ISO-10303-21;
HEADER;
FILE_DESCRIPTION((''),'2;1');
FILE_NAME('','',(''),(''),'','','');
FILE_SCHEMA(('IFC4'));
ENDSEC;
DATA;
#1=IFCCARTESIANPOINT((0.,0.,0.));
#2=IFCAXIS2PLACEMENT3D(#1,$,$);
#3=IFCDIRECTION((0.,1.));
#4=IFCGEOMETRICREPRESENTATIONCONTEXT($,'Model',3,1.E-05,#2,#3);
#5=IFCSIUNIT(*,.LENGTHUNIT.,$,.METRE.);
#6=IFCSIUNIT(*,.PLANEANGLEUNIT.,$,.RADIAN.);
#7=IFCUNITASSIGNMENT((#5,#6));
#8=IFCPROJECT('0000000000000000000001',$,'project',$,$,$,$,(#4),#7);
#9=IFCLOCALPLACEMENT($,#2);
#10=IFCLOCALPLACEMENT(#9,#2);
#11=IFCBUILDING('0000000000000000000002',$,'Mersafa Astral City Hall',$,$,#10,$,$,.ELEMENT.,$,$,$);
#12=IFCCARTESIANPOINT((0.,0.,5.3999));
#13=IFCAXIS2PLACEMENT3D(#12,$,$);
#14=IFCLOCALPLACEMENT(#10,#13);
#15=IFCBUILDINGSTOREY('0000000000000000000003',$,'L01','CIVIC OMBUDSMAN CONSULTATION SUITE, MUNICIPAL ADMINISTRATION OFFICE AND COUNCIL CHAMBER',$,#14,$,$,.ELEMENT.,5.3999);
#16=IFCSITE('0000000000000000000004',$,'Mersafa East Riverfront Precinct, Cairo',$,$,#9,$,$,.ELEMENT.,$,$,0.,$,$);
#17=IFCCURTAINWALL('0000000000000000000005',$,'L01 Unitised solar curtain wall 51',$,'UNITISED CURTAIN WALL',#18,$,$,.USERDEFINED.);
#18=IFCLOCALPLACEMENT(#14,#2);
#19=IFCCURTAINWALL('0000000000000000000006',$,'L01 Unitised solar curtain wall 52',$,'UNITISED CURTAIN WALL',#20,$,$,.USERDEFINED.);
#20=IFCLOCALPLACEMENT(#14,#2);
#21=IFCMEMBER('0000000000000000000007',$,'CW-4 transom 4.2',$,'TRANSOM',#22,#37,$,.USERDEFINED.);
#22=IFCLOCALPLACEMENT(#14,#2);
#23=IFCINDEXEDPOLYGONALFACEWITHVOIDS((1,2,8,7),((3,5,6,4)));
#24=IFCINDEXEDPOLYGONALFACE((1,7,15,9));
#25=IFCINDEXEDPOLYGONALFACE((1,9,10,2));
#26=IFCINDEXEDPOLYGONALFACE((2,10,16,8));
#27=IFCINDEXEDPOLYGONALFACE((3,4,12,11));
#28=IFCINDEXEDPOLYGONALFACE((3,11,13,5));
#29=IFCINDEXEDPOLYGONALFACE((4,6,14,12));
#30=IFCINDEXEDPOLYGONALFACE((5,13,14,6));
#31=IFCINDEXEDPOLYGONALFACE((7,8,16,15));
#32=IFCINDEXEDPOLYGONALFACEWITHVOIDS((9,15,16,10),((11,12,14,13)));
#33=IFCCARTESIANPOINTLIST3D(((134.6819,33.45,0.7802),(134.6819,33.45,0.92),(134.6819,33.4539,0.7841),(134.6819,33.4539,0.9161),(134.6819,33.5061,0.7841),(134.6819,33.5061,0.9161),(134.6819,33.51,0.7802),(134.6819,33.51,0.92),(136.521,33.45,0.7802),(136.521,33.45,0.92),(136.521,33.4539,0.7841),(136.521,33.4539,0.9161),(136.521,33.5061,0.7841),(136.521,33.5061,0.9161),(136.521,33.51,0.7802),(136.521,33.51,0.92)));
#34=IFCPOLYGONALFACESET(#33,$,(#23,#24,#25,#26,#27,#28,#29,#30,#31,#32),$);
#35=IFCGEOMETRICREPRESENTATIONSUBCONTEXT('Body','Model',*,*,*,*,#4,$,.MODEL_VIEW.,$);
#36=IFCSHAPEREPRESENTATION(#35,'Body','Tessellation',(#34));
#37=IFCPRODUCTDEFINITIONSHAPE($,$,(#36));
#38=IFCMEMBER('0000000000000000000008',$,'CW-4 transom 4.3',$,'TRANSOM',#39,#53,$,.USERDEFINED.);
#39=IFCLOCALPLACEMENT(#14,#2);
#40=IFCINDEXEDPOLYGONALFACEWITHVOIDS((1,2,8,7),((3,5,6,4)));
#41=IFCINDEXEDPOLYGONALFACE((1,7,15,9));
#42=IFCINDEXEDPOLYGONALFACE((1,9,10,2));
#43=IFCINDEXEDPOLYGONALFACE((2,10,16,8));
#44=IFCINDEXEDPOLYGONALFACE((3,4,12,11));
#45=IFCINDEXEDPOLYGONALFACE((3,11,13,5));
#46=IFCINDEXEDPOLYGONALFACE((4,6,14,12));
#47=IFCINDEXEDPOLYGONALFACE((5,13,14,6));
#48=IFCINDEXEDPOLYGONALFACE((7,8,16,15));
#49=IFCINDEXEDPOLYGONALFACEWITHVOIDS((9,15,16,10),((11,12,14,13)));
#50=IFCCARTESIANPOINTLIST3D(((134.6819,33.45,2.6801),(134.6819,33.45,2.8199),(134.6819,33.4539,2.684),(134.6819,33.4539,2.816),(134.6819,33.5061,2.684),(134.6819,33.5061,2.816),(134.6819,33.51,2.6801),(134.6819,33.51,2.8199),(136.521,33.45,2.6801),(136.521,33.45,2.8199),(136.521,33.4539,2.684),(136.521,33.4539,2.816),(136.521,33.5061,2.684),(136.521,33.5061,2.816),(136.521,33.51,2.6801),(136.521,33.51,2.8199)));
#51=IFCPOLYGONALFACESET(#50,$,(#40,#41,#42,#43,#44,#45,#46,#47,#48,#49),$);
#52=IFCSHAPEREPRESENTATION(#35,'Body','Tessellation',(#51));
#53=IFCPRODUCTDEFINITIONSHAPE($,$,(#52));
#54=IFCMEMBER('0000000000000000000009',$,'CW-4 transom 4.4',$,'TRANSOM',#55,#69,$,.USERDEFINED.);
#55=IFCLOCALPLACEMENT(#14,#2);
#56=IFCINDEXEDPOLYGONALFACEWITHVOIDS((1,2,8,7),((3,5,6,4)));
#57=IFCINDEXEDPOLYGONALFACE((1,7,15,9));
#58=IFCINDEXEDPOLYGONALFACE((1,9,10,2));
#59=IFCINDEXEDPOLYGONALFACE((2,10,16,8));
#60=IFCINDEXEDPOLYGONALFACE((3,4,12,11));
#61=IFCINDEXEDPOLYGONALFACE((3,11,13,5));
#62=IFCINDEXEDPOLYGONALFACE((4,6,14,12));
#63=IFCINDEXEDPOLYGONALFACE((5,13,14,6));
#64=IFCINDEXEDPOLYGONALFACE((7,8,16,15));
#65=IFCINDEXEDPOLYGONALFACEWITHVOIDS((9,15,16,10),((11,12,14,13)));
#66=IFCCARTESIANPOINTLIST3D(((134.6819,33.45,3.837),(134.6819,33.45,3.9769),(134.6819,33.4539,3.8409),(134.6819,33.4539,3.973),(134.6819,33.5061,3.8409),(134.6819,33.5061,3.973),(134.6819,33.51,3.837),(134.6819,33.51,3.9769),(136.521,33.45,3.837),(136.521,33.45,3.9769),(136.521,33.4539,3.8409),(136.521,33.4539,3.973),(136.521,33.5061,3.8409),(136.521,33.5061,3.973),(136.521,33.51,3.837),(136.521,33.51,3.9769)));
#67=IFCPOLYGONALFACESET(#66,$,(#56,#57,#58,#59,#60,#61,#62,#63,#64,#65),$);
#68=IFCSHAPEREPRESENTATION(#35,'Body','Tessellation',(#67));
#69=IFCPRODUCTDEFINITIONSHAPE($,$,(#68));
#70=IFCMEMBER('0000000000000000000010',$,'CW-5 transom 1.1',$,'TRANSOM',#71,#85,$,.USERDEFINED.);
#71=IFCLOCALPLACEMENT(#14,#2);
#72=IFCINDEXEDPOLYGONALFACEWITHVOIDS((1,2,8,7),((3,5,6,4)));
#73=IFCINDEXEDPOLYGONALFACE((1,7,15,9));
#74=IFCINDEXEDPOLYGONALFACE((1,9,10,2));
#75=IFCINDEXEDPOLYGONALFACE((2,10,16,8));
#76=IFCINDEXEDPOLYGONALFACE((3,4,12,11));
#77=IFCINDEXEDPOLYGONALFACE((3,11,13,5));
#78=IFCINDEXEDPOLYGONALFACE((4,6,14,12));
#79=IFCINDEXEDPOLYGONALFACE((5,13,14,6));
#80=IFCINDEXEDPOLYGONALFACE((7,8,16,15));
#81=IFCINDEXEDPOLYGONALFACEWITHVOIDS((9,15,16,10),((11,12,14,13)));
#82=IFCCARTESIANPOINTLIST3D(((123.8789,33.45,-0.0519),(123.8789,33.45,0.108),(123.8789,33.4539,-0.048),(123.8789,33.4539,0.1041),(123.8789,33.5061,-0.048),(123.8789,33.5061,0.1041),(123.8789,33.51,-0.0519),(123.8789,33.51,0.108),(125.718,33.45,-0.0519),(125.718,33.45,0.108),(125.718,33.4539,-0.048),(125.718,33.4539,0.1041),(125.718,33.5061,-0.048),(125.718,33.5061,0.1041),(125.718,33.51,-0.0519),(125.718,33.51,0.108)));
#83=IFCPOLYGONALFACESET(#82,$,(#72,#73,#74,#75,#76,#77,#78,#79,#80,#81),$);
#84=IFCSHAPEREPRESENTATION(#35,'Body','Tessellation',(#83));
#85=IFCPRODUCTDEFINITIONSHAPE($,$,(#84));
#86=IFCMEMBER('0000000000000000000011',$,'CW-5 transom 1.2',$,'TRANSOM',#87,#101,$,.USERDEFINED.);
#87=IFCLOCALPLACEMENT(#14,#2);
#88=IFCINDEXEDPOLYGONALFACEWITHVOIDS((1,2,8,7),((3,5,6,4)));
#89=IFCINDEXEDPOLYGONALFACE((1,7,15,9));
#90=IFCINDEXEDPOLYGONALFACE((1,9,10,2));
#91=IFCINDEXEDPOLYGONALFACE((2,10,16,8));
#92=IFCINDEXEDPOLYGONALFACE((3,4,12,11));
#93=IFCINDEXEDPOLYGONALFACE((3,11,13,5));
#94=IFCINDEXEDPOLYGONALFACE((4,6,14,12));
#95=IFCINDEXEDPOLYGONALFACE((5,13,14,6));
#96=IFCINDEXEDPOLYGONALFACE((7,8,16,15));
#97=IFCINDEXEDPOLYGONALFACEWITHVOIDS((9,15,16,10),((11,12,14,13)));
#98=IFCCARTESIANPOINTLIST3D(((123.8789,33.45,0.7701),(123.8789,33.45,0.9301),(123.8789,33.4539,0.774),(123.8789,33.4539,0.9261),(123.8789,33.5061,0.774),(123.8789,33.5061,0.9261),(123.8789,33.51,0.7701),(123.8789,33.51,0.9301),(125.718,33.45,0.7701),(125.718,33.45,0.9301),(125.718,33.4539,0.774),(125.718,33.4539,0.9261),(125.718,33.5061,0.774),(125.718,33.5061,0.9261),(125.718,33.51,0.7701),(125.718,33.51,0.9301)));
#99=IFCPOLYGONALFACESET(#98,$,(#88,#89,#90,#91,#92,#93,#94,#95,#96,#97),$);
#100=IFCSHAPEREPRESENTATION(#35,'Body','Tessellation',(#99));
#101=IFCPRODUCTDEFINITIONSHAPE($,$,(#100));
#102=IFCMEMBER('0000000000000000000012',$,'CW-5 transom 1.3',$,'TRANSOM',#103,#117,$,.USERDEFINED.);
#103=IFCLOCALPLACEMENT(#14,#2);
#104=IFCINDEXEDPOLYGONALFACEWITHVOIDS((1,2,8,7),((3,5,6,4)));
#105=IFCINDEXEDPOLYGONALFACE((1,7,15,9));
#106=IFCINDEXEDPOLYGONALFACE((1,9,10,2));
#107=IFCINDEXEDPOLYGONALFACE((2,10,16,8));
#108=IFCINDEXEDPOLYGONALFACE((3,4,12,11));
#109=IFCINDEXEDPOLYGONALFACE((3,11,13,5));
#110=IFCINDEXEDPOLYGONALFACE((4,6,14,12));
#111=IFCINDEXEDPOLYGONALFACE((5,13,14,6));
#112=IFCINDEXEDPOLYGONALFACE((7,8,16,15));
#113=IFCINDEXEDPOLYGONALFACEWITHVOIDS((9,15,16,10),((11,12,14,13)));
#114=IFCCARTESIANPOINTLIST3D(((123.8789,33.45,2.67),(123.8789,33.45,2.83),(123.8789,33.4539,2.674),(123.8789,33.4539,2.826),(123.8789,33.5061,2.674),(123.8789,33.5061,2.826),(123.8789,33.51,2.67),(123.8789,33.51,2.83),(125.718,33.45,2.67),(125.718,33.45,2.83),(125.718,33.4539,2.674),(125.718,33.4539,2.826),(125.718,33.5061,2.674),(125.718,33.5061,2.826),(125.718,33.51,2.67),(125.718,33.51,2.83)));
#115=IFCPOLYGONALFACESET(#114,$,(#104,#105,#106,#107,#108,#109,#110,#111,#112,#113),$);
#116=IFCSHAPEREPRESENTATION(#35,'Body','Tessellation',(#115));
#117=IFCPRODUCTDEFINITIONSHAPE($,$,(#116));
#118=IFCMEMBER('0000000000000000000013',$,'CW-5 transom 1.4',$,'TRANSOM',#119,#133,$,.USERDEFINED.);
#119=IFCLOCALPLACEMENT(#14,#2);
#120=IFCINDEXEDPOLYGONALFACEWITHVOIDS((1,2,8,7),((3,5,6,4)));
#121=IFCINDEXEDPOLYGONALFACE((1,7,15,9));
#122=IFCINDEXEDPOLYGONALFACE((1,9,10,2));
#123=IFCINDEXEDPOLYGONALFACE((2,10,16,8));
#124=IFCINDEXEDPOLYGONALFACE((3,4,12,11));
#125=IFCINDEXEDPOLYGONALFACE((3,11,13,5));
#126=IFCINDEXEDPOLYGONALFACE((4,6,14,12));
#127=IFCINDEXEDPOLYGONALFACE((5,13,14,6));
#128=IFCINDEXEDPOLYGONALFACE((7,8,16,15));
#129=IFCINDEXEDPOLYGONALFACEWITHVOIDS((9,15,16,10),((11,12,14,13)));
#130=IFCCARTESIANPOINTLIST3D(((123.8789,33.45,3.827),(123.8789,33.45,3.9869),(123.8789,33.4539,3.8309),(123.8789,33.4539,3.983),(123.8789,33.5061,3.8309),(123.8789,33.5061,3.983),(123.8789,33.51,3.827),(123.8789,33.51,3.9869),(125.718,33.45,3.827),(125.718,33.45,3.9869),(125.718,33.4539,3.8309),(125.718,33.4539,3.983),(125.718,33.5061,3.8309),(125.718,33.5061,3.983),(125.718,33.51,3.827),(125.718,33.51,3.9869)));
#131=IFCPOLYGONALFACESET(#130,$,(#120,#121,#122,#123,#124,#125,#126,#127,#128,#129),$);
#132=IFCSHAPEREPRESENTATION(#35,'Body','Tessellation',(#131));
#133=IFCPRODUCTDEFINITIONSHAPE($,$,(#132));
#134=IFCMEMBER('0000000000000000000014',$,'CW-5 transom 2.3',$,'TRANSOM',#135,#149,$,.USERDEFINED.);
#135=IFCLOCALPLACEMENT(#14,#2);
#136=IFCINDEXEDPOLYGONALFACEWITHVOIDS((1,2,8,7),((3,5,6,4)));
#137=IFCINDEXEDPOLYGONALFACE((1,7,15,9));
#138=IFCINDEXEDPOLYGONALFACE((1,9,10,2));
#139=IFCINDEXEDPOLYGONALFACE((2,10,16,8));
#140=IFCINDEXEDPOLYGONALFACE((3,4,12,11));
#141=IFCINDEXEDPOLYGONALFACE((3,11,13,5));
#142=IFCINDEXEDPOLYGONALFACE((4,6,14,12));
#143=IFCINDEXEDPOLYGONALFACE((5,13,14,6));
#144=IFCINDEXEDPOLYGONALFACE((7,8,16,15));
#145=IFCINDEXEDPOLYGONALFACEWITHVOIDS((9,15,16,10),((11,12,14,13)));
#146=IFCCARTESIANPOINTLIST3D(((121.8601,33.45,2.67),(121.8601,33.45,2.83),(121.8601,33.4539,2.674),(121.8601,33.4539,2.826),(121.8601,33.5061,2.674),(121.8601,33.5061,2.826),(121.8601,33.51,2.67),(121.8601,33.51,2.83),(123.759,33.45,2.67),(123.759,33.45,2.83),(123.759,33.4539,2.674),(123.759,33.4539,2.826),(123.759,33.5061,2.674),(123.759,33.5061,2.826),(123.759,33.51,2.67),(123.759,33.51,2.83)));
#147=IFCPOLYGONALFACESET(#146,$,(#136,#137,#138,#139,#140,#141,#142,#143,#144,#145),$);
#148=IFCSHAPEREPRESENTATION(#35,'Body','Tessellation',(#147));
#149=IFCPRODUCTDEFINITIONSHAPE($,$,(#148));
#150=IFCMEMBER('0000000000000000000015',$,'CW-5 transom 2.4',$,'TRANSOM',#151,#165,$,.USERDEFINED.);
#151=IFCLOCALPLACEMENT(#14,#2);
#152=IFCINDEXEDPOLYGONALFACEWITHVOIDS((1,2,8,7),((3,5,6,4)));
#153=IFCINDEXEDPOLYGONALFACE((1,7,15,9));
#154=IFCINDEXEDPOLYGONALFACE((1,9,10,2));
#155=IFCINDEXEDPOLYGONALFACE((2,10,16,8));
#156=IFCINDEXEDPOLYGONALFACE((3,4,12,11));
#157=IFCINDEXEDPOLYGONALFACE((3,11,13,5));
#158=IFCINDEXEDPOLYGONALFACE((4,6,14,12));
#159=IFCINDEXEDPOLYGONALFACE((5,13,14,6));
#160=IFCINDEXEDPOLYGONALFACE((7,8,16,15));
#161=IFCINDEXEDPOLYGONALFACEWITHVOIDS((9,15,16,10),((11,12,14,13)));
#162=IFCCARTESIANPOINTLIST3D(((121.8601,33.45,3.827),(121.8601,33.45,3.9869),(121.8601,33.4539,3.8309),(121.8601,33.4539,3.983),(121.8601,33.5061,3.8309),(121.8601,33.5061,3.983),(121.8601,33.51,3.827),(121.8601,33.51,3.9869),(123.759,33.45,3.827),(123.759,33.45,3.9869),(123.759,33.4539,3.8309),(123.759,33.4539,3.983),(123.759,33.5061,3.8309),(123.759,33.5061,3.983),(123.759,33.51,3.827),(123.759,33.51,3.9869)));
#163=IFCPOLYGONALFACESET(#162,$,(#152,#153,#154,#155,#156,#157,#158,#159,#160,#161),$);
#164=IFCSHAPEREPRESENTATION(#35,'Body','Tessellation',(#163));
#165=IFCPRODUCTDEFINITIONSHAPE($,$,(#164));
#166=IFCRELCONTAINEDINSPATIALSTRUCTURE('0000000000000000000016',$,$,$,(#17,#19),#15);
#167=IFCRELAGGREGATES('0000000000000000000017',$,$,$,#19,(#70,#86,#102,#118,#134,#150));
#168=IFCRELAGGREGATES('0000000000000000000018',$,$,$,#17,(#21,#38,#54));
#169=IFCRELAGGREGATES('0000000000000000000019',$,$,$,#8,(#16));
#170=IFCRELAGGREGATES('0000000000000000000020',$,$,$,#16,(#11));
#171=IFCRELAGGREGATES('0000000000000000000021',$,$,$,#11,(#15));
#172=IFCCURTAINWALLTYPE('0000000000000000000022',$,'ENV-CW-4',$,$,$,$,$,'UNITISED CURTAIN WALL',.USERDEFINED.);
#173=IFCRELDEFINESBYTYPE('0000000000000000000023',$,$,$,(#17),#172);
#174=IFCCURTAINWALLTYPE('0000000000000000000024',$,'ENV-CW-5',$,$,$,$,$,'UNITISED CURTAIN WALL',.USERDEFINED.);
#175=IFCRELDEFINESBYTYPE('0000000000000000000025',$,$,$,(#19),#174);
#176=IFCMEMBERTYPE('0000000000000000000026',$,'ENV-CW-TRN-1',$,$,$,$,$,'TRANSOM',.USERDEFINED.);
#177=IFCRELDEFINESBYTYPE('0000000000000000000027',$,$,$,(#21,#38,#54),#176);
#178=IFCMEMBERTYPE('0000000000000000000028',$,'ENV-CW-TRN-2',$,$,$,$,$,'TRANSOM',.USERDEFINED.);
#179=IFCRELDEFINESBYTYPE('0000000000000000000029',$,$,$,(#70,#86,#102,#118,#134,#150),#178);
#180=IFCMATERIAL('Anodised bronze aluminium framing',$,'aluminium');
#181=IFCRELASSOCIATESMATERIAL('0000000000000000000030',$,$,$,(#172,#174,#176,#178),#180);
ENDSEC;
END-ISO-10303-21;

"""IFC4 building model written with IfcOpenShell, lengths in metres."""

from ifc_helpers import new_model, si_unit, direction, frame, origin, origin_2d, place, context, subcontext, project, spatial, hollow_rectangle, extrude, material, material_profile, profile_set, type_object, element, aggregate, save


model = new_model("IFC4")

# Units and contexts
model_context = context("Model", 3, precision=1e-05, world=origin(), true_north=direction((0.0, 1.0)))
body_context = subcontext(model_context, "Body", "Model", "MODEL_VIEW")
ifc_project = project(units=[si_unit("LENGTHUNIT", "METRE"), si_unit("PLANEANGLEUNIT", "RADIAN")], contexts=[model_context])

# Site, building, storey
site_placement = place(None, origin())
site = spatial("IfcSite", under=ifc_project, at=site_placement, Name="Mersafa East Riverfront Precinct, Cairo", CompositionType="ELEMENT", RefElevation=0.0)
building_placement = place(site_placement, origin())
building = spatial("IfcBuilding", under=site, at=building_placement, Name="Mersafa Astral City Hall", CompositionType="ELEMENT")
storey_placement = place(building_placement, frame((0.0, 0.0, 5.3999)))
storey = spatial("IfcBuildingStorey", under=building, at=storey_placement, Name="L01", Description="CIVIC OMBUDSMAN CONSULTATION SUITE, MUNICIPAL ADMINISTRATION OFFICE AND COUNCIL CHAMBER", CompositionType="ELEMENT", Elevation=5.3999)

# Curtain walls
ifc_material_1 = material(Name="Anodised bronze aluminium framing", Category="aluminium")
curtain_wall_type_1 = type_object("IfcCurtainWallType", Name="ENV-CW-4", ElementType="UNITISED CURTAIN WALL", PredefinedType="USERDEFINED", material=ifc_material_1)
curtain_wall_1_placement = place(storey_placement, origin())
curtain_wall_1 = element("IfcCurtainWall", 1, at=curtain_wall_1_placement, inside=storey, type_object=curtain_wall_type_1, Name="L01 Unitised solar curtain wall 51", ObjectType="UNITISED CURTAIN WALL", PredefinedType="USERDEFINED")
curtain_wall_type_2 = type_object("IfcCurtainWallType", Name="ENV-CW-5", ElementType="UNITISED CURTAIN WALL", PredefinedType="USERDEFINED", material=ifc_material_1)
curtain_wall_2_placement = place(storey_placement, origin())
curtain_wall_2 = element("IfcCurtainWall", 2, at=curtain_wall_2_placement, inside=storey, type_object=curtain_wall_type_2, Name="L01 Unitised solar curtain wall 52", ObjectType="UNITISED CURTAIN WALL", PredefinedType="USERDEFINED")

# Members
ifc_material_profile_1 = material_profile(ifc_material_1, hollow_rectangle(XDim=0.0601, YDim=0.1399, WallThickness=0.0039, at=origin_2d()), Name="RHS 60x140x4")
ifc_profile_set_1 = profile_set([ifc_material_profile_1], Name="Anodised bronze aluminium framing")
member_type_1 = type_object("IfcMemberType", Name="ENV-CW-TRN-1", ElementType="TRANSOM", PredefinedType="USERDEFINED", material=ifc_profile_set_1)
member_1_placement = place(storey_placement, frame((136.521, 33.48, 0.8501), z_axis=(-1.0, 0.0, 0.0), x_axis=(0.0, -1.0, 0.0)))
member_1 = element("IfcMember", 3, at=member_1_placement, type_object=member_type_1, Name="CW-4 transom 4.2", ObjectType="TRANSOM", PredefinedType="USERDEFINED", context=body_context, shape_type="SweptSolid", body=[
    extrude(hollow_rectangle(XDim=0.0601, YDim=0.1399, WallThickness=0.0039, at=origin_2d()), origin(), (0.0, 0.0, 1.0), 1.8391),
])
member_2_placement = place(storey_placement, frame((136.521, 33.48, 2.75), z_axis=(-1.0, 0.0, 0.0), x_axis=(0.0, -1.0, 0.0)))
member_2 = element("IfcMember", 4, at=member_2_placement, type_object=member_type_1, Name="CW-4 transom 4.3", ObjectType="TRANSOM", PredefinedType="USERDEFINED", context=body_context, shape_type="SweptSolid", body=[
    extrude(hollow_rectangle(XDim=0.0601, YDim=0.1399, WallThickness=0.0039, at=origin_2d()), origin(), (0.0, 0.0, 1.0), 1.8391),
])
member_3_placement = place(storey_placement, frame((136.521, 33.48, 3.907), z_axis=(-1.0, 0.0, 0.0), x_axis=(0.0, -1.0, 0.0)))
member_3 = element("IfcMember", 5, at=member_3_placement, type_object=member_type_1, Name="CW-4 transom 4.4", ObjectType="TRANSOM", PredefinedType="USERDEFINED", context=body_context, shape_type="SweptSolid", body=[
    extrude(hollow_rectangle(XDim=0.0601, YDim=0.1399, WallThickness=0.0039, at=origin_2d()), origin(), (0.0, 0.0, 1.0), 1.8391),
])
ifc_material_profile_2 = material_profile(ifc_material_1, hollow_rectangle(XDim=0.0601, YDim=0.1599, WallThickness=0.0039, at=origin_2d()), Name="RHS 60x160x4")
ifc_profile_set_2 = profile_set([ifc_material_profile_2], Name="Anodised bronze aluminium framing")
member_type_2 = type_object("IfcMemberType", Name="ENV-CW-TRN-2", ElementType="TRANSOM", PredefinedType="USERDEFINED", material=ifc_profile_set_2)
member_4_placement = place(storey_placement, frame((125.718, 33.48, 0.0281), z_axis=(-1.0, 0.0, 0.0), x_axis=(0.0, -1.0, 0.0)))
member_4 = element("IfcMember", 6, at=member_4_placement, type_object=member_type_2, Name="CW-5 transom 1.1", ObjectType="TRANSOM", PredefinedType="USERDEFINED", context=body_context, shape_type="SweptSolid", body=[
    extrude(hollow_rectangle(XDim=0.0601, YDim=0.1599, WallThickness=0.0039, at=origin_2d()), origin(), (0.0, 0.0, 1.0), 1.8391),
])
member_5_placement = place(storey_placement, frame((125.718, 33.48, 0.8501), z_axis=(-1.0, 0.0, 0.0), x_axis=(0.0, -1.0, 0.0)))
member_5 = element("IfcMember", 7, at=member_5_placement, type_object=member_type_2, Name="CW-5 transom 1.2", ObjectType="TRANSOM", PredefinedType="USERDEFINED", context=body_context, shape_type="SweptSolid", body=[
    extrude(hollow_rectangle(XDim=0.0601, YDim=0.1599, WallThickness=0.0039, at=origin_2d()), origin(), (0.0, 0.0, 1.0), 1.8391),
])
member_6_placement = place(storey_placement, frame((125.718, 33.48, 2.75), z_axis=(-1.0, 0.0, 0.0), x_axis=(0.0, -1.0, 0.0)))
member_6 = element("IfcMember", 8, at=member_6_placement, type_object=member_type_2, Name="CW-5 transom 1.3", ObjectType="TRANSOM", PredefinedType="USERDEFINED", context=body_context, shape_type="SweptSolid", body=[
    extrude(hollow_rectangle(XDim=0.0601, YDim=0.1599, WallThickness=0.0039, at=origin_2d()), origin(), (0.0, 0.0, 1.0), 1.8391),
])
member_7_placement = place(storey_placement, frame((125.718, 33.48, 3.907), z_axis=(-1.0, 0.0, 0.0), x_axis=(0.0, -1.0, 0.0)))
member_7 = element("IfcMember", 9, at=member_7_placement, type_object=member_type_2, Name="CW-5 transom 1.4", ObjectType="TRANSOM", PredefinedType="USERDEFINED", context=body_context, shape_type="SweptSolid", body=[
    extrude(hollow_rectangle(XDim=0.0601, YDim=0.1599, WallThickness=0.0039, at=origin_2d()), origin(), (0.0, 0.0, 1.0), 1.8391),
])
member_8_placement = place(storey_placement, frame((123.759, 33.48, 2.75), z_axis=(-1.0, 0.0, 0.0), x_axis=(0.0, -1.0, 0.0)))
member_8 = element("IfcMember", 10, at=member_8_placement, type_object=member_type_2, Name="CW-5 transom 2.3", ObjectType="TRANSOM", PredefinedType="USERDEFINED", context=body_context, shape_type="SweptSolid", body=[
    extrude(hollow_rectangle(XDim=0.0601, YDim=0.1599, WallThickness=0.0039, at=origin_2d()), origin(), (0.0, 0.0, 1.0), 1.8989),
])
member_9_placement = place(storey_placement, frame((123.759, 33.48, 3.907), z_axis=(-1.0, 0.0, 0.0), x_axis=(0.0, -1.0, 0.0)))
member_9 = element("IfcMember", 11, at=member_9_placement, type_object=member_type_2, Name="CW-5 transom 2.4", ObjectType="TRANSOM", PredefinedType="USERDEFINED", context=body_context, shape_type="SweptSolid", body=[
    extrude(hollow_rectangle(XDim=0.0601, YDim=0.1599, WallThickness=0.0039, at=origin_2d()), origin(), (0.0, 0.0, 1.0), 1.8989),
])

aggregate(curtain_wall_2, [member_4, member_5, member_6, member_7, member_8, member_9])
aggregate(curtain_wall_1, [member_1, member_2, member_3])

save(model, "model.ifc")
